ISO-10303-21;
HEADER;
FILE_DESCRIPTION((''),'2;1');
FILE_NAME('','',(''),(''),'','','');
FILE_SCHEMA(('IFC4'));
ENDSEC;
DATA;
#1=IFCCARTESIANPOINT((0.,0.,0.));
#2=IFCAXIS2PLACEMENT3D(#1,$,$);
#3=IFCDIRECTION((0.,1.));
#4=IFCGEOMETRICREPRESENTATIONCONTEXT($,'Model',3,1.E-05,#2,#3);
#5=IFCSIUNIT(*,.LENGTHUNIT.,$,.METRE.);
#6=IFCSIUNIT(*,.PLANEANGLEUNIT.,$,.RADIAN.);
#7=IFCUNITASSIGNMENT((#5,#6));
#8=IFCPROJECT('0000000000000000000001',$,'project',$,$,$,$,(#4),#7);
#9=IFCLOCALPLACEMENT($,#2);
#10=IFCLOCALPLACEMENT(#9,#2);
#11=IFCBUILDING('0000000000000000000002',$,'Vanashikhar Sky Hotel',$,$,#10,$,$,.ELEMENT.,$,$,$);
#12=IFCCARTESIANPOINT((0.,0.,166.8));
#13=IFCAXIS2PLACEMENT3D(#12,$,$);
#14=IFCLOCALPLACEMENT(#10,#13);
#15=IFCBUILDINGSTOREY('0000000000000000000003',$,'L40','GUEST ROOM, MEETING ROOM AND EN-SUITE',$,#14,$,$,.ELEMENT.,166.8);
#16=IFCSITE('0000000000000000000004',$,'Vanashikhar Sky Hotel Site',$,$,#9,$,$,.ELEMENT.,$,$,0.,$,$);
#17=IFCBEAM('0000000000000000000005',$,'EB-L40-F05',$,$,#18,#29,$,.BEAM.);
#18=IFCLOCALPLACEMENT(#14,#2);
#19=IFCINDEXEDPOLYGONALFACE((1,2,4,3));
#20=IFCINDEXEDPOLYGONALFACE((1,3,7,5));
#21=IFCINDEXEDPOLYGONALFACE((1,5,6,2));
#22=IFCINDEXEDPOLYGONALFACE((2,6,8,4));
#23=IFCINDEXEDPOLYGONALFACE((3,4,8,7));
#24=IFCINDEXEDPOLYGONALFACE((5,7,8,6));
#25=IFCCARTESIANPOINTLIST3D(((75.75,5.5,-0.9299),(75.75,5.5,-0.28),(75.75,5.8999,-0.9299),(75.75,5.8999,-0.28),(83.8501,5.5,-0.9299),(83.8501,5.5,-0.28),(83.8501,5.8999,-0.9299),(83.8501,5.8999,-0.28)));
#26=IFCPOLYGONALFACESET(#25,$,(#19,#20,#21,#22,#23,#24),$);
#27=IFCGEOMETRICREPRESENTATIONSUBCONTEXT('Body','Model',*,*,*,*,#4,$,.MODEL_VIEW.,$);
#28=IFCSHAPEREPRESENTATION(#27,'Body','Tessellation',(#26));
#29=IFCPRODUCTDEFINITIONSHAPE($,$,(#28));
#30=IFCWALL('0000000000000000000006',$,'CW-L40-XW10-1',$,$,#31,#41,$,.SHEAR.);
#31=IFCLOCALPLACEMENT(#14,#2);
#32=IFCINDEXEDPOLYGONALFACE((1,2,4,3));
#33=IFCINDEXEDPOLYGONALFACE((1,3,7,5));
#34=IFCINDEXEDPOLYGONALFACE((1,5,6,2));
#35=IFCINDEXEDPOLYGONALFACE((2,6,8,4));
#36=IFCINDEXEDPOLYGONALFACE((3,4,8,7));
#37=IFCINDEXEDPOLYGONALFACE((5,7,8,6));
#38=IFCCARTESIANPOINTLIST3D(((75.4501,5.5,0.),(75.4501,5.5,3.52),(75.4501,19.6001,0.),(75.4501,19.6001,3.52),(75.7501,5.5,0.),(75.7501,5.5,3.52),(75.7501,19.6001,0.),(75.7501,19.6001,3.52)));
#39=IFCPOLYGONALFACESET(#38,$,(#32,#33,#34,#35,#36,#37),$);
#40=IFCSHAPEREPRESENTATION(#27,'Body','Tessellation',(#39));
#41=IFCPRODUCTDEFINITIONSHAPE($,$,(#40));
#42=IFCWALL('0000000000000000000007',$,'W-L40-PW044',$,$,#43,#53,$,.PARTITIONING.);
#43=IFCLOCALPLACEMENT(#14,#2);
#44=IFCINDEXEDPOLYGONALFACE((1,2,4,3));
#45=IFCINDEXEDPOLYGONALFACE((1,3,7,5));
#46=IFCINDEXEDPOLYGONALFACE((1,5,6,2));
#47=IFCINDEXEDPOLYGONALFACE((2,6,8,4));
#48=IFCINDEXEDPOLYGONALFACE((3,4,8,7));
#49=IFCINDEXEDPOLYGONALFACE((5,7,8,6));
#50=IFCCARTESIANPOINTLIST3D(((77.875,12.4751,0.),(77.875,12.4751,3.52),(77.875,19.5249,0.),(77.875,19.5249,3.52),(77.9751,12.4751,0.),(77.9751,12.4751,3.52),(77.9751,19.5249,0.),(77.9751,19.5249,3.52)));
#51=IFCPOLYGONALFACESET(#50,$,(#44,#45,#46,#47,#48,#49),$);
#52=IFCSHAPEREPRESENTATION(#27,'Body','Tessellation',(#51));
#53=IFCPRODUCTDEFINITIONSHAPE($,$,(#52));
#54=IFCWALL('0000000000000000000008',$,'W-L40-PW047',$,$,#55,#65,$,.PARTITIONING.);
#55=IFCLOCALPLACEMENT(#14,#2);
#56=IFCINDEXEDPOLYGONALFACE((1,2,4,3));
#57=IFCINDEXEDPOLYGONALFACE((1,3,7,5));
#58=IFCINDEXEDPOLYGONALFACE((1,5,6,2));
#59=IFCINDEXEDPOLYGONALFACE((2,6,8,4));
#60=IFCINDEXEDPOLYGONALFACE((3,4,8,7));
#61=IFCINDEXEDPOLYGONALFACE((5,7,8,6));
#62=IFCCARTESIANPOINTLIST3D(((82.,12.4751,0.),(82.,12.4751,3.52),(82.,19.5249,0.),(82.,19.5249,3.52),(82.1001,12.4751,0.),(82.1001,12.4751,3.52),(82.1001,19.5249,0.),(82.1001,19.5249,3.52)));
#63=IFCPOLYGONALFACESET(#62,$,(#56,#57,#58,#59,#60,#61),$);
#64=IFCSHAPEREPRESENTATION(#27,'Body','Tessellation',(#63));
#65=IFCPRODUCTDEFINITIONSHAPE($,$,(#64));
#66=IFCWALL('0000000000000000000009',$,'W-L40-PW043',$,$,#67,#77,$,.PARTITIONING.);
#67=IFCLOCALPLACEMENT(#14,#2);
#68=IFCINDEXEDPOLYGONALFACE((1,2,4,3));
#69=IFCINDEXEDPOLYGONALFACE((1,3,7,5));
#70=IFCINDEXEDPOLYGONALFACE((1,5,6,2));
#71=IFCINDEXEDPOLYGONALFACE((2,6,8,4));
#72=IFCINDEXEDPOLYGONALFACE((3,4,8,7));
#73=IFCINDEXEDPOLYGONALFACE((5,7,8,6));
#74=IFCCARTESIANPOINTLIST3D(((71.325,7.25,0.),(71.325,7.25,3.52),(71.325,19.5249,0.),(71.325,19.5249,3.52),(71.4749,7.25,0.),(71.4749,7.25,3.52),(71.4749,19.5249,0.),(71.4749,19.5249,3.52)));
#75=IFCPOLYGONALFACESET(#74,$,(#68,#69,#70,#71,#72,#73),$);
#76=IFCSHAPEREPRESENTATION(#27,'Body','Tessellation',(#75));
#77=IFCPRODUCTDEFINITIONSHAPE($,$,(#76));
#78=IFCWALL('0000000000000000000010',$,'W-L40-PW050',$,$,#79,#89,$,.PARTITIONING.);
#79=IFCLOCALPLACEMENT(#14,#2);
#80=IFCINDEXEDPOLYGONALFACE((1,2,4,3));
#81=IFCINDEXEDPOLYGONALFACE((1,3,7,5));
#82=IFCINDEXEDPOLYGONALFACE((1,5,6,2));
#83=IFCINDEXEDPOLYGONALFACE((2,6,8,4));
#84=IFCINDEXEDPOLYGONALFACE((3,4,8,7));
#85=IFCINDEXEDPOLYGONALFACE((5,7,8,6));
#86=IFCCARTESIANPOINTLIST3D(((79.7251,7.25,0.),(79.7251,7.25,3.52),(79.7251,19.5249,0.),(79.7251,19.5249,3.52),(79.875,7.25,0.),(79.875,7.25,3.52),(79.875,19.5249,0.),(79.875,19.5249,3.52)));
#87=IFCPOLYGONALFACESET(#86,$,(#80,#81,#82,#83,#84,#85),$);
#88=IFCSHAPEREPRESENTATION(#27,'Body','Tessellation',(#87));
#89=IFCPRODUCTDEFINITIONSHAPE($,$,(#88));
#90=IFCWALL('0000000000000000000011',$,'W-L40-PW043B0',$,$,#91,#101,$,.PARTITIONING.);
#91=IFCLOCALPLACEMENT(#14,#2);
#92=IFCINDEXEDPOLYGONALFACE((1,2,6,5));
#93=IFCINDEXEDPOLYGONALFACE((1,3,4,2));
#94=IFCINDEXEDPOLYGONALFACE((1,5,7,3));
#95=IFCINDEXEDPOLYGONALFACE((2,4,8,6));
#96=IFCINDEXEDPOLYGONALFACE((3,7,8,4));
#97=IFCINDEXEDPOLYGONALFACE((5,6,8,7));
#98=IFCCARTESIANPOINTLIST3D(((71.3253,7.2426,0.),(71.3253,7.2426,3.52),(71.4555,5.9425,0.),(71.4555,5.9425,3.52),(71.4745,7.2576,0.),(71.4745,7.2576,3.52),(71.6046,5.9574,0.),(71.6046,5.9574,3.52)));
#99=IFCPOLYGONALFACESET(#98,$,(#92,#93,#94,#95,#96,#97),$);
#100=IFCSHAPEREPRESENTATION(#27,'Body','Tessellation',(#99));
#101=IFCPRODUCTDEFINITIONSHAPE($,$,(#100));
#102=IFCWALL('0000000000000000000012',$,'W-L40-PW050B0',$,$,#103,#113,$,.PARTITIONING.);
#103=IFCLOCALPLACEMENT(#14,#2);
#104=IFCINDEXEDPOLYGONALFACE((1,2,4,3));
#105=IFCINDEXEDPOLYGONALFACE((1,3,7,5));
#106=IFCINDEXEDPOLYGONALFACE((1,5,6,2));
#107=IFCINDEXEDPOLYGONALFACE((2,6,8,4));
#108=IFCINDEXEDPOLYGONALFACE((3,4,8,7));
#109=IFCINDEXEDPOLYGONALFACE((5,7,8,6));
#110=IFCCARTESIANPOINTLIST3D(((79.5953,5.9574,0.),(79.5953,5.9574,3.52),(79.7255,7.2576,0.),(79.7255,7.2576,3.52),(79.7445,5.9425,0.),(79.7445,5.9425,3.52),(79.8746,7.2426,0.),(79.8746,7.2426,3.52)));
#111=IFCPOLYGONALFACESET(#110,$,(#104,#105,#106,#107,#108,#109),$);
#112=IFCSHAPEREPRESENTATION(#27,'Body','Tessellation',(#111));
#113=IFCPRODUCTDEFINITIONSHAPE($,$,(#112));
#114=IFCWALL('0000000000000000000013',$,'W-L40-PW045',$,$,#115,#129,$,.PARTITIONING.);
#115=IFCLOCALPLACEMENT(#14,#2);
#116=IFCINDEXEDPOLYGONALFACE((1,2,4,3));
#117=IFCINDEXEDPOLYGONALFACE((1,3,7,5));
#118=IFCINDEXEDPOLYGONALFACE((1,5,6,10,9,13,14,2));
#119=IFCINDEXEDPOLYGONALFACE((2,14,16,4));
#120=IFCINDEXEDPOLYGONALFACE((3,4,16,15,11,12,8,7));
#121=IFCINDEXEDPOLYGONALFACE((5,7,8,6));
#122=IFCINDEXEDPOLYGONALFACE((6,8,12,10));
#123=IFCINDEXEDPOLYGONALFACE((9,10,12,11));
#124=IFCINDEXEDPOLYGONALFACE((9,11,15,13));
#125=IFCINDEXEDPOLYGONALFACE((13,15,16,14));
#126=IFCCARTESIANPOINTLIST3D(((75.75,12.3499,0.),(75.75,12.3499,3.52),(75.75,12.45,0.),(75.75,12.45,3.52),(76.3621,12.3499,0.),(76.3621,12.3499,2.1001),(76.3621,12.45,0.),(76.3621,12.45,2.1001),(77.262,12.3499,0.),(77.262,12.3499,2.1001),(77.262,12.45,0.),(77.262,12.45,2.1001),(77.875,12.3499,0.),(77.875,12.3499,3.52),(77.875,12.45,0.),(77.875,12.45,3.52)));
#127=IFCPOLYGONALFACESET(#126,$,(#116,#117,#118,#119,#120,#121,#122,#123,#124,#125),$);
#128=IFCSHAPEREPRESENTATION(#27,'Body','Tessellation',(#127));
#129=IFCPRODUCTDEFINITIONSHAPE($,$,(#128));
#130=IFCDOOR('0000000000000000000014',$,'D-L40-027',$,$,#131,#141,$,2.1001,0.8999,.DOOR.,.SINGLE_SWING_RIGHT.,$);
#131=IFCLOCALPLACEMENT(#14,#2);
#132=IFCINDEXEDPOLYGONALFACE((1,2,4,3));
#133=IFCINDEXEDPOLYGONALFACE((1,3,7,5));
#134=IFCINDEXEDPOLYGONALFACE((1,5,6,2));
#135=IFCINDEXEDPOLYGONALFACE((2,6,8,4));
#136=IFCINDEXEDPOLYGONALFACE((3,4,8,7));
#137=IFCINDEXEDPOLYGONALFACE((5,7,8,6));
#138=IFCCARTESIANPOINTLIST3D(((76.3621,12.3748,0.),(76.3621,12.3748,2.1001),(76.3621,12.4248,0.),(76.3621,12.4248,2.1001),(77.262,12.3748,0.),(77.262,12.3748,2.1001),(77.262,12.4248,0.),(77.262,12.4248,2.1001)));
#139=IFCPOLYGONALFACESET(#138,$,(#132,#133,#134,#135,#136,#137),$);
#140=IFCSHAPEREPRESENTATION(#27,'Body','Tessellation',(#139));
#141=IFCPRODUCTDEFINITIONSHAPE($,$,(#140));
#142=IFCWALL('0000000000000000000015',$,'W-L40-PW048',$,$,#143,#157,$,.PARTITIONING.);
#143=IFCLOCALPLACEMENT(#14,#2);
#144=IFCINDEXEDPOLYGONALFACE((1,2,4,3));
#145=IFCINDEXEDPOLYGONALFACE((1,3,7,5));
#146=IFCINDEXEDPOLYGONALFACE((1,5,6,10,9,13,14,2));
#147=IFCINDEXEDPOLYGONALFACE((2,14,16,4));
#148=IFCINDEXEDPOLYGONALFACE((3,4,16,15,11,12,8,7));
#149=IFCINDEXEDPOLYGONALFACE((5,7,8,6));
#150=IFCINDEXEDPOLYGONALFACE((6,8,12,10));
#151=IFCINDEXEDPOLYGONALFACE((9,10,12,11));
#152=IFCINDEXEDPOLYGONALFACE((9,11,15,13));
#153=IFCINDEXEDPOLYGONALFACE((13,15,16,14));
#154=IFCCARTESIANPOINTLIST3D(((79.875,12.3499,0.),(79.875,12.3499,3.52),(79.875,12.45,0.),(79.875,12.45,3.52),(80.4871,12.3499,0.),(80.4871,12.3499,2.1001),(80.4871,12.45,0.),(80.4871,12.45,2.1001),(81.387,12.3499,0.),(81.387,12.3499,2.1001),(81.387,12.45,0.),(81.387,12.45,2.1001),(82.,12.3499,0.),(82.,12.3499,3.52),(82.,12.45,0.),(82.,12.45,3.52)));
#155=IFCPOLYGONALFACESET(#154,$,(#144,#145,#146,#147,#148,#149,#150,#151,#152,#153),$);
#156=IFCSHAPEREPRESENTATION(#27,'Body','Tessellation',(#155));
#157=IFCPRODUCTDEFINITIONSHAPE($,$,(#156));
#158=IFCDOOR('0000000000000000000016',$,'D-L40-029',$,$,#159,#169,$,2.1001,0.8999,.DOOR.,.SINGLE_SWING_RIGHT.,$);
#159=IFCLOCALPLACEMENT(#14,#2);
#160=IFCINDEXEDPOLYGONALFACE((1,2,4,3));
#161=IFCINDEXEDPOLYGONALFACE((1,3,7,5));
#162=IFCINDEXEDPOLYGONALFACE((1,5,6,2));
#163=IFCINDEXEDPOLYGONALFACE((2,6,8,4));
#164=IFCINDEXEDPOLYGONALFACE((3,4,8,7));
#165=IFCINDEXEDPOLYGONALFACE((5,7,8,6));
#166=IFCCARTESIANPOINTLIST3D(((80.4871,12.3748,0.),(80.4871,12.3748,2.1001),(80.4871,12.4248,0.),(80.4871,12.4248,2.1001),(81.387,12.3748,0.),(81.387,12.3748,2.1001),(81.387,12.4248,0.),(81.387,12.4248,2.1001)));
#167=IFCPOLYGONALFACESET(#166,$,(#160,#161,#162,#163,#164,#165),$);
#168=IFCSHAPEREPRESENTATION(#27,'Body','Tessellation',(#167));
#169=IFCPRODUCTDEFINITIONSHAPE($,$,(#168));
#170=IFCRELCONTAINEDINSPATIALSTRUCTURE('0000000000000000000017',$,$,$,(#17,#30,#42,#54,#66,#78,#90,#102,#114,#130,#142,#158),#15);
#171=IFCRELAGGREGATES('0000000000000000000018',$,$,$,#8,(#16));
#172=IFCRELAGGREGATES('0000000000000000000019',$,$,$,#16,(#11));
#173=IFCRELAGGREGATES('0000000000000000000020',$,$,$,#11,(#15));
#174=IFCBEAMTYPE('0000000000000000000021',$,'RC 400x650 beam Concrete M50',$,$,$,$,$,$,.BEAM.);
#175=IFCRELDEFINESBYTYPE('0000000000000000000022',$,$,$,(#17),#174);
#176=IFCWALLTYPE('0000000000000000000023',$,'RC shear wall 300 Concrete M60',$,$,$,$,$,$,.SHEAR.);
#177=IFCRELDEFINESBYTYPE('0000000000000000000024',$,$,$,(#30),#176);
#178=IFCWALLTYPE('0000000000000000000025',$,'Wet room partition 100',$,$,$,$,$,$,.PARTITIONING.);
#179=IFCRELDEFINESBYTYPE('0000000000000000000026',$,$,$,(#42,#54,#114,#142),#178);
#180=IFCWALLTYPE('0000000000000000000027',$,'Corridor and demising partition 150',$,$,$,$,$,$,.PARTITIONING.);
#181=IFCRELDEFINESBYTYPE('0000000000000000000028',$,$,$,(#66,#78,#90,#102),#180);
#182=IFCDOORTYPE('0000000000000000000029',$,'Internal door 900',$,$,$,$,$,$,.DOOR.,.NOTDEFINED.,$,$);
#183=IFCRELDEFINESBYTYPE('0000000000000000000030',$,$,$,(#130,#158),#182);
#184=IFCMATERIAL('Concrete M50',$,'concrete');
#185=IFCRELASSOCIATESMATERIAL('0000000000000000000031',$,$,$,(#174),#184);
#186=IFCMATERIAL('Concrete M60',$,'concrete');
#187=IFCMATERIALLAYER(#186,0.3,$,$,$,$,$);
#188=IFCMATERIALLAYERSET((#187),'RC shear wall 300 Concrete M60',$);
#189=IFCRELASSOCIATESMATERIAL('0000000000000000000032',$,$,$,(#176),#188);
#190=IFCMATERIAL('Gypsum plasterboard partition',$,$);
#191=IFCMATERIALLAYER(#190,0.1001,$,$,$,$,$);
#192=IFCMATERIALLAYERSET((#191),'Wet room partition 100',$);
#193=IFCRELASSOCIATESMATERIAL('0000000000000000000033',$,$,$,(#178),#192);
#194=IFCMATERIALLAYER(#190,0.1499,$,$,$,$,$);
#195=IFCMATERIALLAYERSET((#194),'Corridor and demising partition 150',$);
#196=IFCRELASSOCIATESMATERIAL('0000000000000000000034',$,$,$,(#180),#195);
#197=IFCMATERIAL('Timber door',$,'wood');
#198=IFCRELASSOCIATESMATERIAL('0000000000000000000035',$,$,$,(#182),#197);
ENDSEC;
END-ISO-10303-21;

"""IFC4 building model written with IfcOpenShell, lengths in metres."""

from ifc_helpers import new_model, si_unit, direction, frame, frame_2d, origin, origin_2d, place, context, subcontext, project, spatial, rectangle, extrude, source, transform, mapped, material, layer, layer_set, material_profile, profile_set, type_object, element, fill, save


model = new_model("IFC4")

# Units and contexts
model_context = context("Model", 3, precision=1e-05, world=origin(), true_north=direction((0.0, 1.0)))
body_context = subcontext(model_context, "Body", "Model", "MODEL_VIEW")
ifc_project = project(units=[si_unit("LENGTHUNIT", "METRE"), si_unit("PLANEANGLEUNIT", "RADIAN")], contexts=[model_context])

# Site, building, storey
site_placement = place(None, origin())
site = spatial("IfcSite", under=ifc_project, at=site_placement, Name="Vanashikhar Sky Hotel Site", CompositionType="ELEMENT", RefElevation=0.0)
building_placement = place(site_placement, origin())
building = spatial("IfcBuilding", under=site, at=building_placement, Name="Vanashikhar Sky Hotel", CompositionType="ELEMENT")
storey_placement = place(building_placement, frame((0.0, 0.0, 166.8)))
storey = spatial("IfcBuildingStorey", under=building, at=storey_placement, Name="L40", Description="GUEST ROOM, MEETING ROOM AND EN-SUITE", CompositionType="ELEMENT", Elevation=166.8)

# Beam
ifc_material_1 = material(Name="Concrete M50", Category="concrete")
ifc_material_profile = material_profile(ifc_material_1, rectangle(XDim=0.3999, YDim=0.6499, at=origin_2d()))
ifc_profile_set = profile_set([ifc_material_profile], Name="RC 400x650 beam Concrete M50")
beam_type = type_object("IfcBeamType", Name="RC 400x650 beam Concrete M50", PredefinedType="BEAM", material=ifc_profile_set)
shared_shape_1 = source(origin(), body_context, "Body", "SweptSolid", [
    extrude(rectangle(XDim=0.3999, YDim=0.6499, at=origin_2d()), origin(), (0.0, 0.0, 1.0), 8.1001),
])
beam_placement = place(storey_placement, frame((75.75, 5.7, -0.605), z_axis=(1.0, 0.0, 0.0), x_axis=(0.0, 1.0, 0.0)))
element("IfcBeam", 1, at=beam_placement, inside=storey, type_object=beam_type, Name="EB-L40-F05", PredefinedType="BEAM", context=body_context, shape_type="MappedRepresentation", body=[
    mapped(shared_shape_1, transform((0.0, 0.0, 0.0), scale=1.0)),
])

# Wall
ifc_material_2 = material(Name="Concrete M60", Category="concrete")
ifc_layer_1 = layer(ifc_material_2, 0.3)
ifc_layer_set_1 = layer_set([ifc_layer_1], Name="RC shear wall 300 Concrete M60")
wall_type_1 = type_object("IfcWallType", Name="RC shear wall 300 Concrete M60", PredefinedType="SHEAR", material=ifc_layer_set_1)
shared_shape_2 = source(origin(), body_context, "Body", "SweptSolid", [
    extrude(rectangle(XDim=14.1001, YDim=0.3, at=frame_2d((7.05, 0.0))), origin(), (0.0, 0.0, 1.0), 3.52),
])
wall_1_placement = place(storey_placement, frame((75.6001, 5.5, 0.0), z_axis=(0.0, 0.0, 1.0), x_axis=(0.0, 1.0, 0.0)))
element("IfcWall", 2, at=wall_1_placement, inside=storey, type_object=wall_type_1, Name="CW-L40-XW10-1", PredefinedType="SHEAR", context=body_context, shape_type="MappedRepresentation", body=[
    mapped(shared_shape_2, transform((0.0, 0.0, 0.0), scale=1.0)),
])

# Walls
ifc_material_3 = material(Name="Gypsum plasterboard partition")
ifc_layer_2 = layer(ifc_material_3, 0.1001)
ifc_layer_set_2 = layer_set([ifc_layer_2], Name="Wet room partition 100")
wall_type_2 = type_object("IfcWallType", Name="Wet room partition 100", PredefinedType="PARTITIONING", material=ifc_layer_set_2)
shared_shape_3 = source(origin(), body_context, "Body", "SweptSolid", [
    extrude(rectangle(XDim=7.0498, YDim=0.1001, at=frame_2d((3.5249, 0.0))), origin(), (0.0, 0.0, 1.0), 3.52),
])
for number, where, z_axis, x_axis, name in (
    (3, (77.925, 12.4751, 0.0), (0.0, 0.0, 1.0), (0.0, 1.0, 0.0), "W-L40-PW044"),
    (4, (82.05, 12.4751, 0.0), (0.0, 0.0, 1.0), (0.0, 1.0, 0.0), "W-L40-PW047"),
):
    element("IfcWall", number, at=place(storey_placement, frame(where, z_axis=z_axis, x_axis=x_axis)), inside=storey, type_object=wall_type_2, Name=name, PredefinedType="PARTITIONING", context=body_context, shape_type="MappedRepresentation", body=[
        mapped(shared_shape_3, transform((0.0, 0.0, 0.0), scale=1.0)),
    ])
ifc_layer_3 = layer(ifc_material_3, 0.1499)
ifc_layer_set_3 = layer_set([ifc_layer_3], Name="Corridor and demising partition 150")
wall_type_3 = type_object("IfcWallType", Name="Corridor and demising partition 150", PredefinedType="PARTITIONING", material=ifc_layer_set_3)
shared_shape_4 = source(origin(), body_context, "Body", "SweptSolid", [
    extrude(rectangle(XDim=12.2749, YDim=0.1499, at=frame_2d((6.1375, 0.0))), origin(), (0.0, 0.0, 1.0), 3.52),
])
for number, where, z_axis, x_axis, name in (
    (5, (71.3999, 7.25, 0.0), (0.0, 0.0, 1.0), (0.0, 1.0, 0.0), "W-L40-PW043"),
    (6, (79.8, 7.25, 0.0), (0.0, 0.0, 1.0), (0.0, 1.0, 0.0), "W-L40-PW050"),
):
    element("IfcWall", number, at=place(storey_placement, frame(where, z_axis=z_axis, x_axis=x_axis)), inside=storey, type_object=wall_type_3, Name=name, PredefinedType="PARTITIONING", context=body_context, shape_type="MappedRepresentation", body=[
        mapped(shared_shape_4, transform((0.0, 0.0, 0.0), scale=1.0)),
    ])
shared_shape_5 = source(origin(), body_context, "Body", "SweptSolid", [
    extrude(rectangle(XDim=1.3066, YDim=0.1499, at=frame_2d((0.6533, 0.0))), origin(), (0.0, 0.0, 1.0), 3.52),
])
for number, where, z_axis, x_axis, name in (
    (7, (71.53, 5.95, 0.0), (0.0, 0.0, 1.0), (-0.099596, 0.995028, 0.0), "W-L40-PW043B0"),
    (8, (79.6699, 5.95, 0.0), (0.0, 0.0, 1.0), (0.099596, 0.995028, 0.0), "W-L40-PW050B0"),
):
    element("IfcWall", number, at=place(storey_placement, frame(where, z_axis=z_axis, x_axis=x_axis)), inside=storey, type_object=wall_type_3, Name=name, PredefinedType="PARTITIONING", context=body_context, shape_type="MappedRepresentation", body=[
        mapped(shared_shape_5, transform((0.0, 0.0, 0.0), scale=1.0)),
    ])

# Walls, openings, doors
shared_shape_6 = source(origin(), body_context, "Body", "SweptSolid", [
    extrude(rectangle(XDim=2.125, YDim=0.1001, at=frame_2d((1.0625, 0.0))), origin(), (0.0, 0.0, 1.0), 3.52),
])
wall_2_placement = place(storey_placement, frame((75.75, 12.3999, 0.0), z_axis=(0.0, 0.0, 1.0), x_axis=(1.0, 0.0, 0.0)))
wall_2 = element("IfcWall", 9, at=wall_2_placement, inside=storey, type_object=wall_type_2, Name="W-L40-PW045", PredefinedType="PARTITIONING", context=body_context, shape_type="MappedRepresentation", body=[
    mapped(shared_shape_6, transform((0.0, 0.0, 0.0), scale=1.0)),
])
shared_shape_7 = source(origin(), body_context, "Body", "SweptSolid", [
    extrude(rectangle(XDim=0.8999, YDim=2.1001, at=frame_2d((0.45, 1.05))), frame((0.0, 0.0601, 0.0), z_axis=(0.0, -1.0, 0.0), x_axis=(1.0, 0.0, 0.0)), (0.0, 0.0, 1.0), 0.1201),
])
opening_1_placement = place(wall_2_placement, frame((0.6121, 0.0, 0.0)))
opening_1 = element("IfcOpeningElement", 10, at=opening_1_placement, cuts=wall_2, PredefinedType="OPENING", context=body_context, shape_type="MappedRepresentation", body=[
    mapped(shared_shape_7, transform((0.0, 0.0, 0.0), scale=1.0)),
])
ifc_material_4 = material(Name="Timber door", Category="wood")
door_type_1 = type_object("IfcDoorType", Name="Internal door 900", OperationType="NOTDEFINED", PredefinedType="DOOR", material=ifc_material_4)
shared_shape_8 = source(origin(), body_context, "Body", "SweptSolid", [
    extrude(rectangle(XDim=0.8999, YDim=2.1001, at=frame_2d((0.45, 1.05))), frame((0.0, 0.0249, 0.0), z_axis=(0.0, -1.0, 0.0), x_axis=(1.0, 0.0, 0.0)), (0.0, 0.0, 1.0), 0.05),
])
door_1_placement = place(opening_1_placement, origin())
door_1 = element("IfcDoor", 11, at=door_1_placement, inside=storey, type_object=door_type_1, Name="D-L40-027", OperationType="SINGLE_SWING_RIGHT", OverallHeight=2.1001, OverallWidth=0.8999, PredefinedType="DOOR", context=body_context, shape_type="MappedRepresentation", body=[
    mapped(shared_shape_8, transform((0.0, 0.0, 0.0), scale=1.0)),
])
fill(opening_1, door_1)
wall_3_placement = place(storey_placement, frame((79.875, 12.3999, 0.0), z_axis=(0.0, 0.0, 1.0), x_axis=(1.0, 0.0, 0.0)))
wall_3 = element("IfcWall", 12, at=wall_3_placement, inside=storey, type_object=wall_type_2, Name="W-L40-PW048", PredefinedType="PARTITIONING", context=body_context, shape_type="MappedRepresentation", body=[
    mapped(shared_shape_6, transform((0.0, 0.0, 0.0), scale=1.0)),
])
opening_2_placement = place(wall_3_placement, frame((0.6121, 0.0, 0.0)))
opening_2 = element("IfcOpeningElement", 13, at=opening_2_placement, cuts=wall_3, PredefinedType="OPENING", context=body_context, shape_type="MappedRepresentation", body=[
    mapped(shared_shape_7, transform((0.0, 0.0, 0.0), scale=1.0)),
])
door_2_placement = place(opening_2_placement, origin())
door_2 = element("IfcDoor", 14, at=door_2_placement, inside=storey, type_object=door_type_1, Name="D-L40-029", OperationType="SINGLE_SWING_RIGHT", OverallHeight=2.1001, OverallWidth=0.8999, PredefinedType="DOOR", context=body_context, shape_type="MappedRepresentation", body=[
    mapped(shared_shape_8, transform((0.0, 0.0, 0.0), scale=1.0)),
])
fill(opening_2, door_2)

save(model, "model.ifc")
